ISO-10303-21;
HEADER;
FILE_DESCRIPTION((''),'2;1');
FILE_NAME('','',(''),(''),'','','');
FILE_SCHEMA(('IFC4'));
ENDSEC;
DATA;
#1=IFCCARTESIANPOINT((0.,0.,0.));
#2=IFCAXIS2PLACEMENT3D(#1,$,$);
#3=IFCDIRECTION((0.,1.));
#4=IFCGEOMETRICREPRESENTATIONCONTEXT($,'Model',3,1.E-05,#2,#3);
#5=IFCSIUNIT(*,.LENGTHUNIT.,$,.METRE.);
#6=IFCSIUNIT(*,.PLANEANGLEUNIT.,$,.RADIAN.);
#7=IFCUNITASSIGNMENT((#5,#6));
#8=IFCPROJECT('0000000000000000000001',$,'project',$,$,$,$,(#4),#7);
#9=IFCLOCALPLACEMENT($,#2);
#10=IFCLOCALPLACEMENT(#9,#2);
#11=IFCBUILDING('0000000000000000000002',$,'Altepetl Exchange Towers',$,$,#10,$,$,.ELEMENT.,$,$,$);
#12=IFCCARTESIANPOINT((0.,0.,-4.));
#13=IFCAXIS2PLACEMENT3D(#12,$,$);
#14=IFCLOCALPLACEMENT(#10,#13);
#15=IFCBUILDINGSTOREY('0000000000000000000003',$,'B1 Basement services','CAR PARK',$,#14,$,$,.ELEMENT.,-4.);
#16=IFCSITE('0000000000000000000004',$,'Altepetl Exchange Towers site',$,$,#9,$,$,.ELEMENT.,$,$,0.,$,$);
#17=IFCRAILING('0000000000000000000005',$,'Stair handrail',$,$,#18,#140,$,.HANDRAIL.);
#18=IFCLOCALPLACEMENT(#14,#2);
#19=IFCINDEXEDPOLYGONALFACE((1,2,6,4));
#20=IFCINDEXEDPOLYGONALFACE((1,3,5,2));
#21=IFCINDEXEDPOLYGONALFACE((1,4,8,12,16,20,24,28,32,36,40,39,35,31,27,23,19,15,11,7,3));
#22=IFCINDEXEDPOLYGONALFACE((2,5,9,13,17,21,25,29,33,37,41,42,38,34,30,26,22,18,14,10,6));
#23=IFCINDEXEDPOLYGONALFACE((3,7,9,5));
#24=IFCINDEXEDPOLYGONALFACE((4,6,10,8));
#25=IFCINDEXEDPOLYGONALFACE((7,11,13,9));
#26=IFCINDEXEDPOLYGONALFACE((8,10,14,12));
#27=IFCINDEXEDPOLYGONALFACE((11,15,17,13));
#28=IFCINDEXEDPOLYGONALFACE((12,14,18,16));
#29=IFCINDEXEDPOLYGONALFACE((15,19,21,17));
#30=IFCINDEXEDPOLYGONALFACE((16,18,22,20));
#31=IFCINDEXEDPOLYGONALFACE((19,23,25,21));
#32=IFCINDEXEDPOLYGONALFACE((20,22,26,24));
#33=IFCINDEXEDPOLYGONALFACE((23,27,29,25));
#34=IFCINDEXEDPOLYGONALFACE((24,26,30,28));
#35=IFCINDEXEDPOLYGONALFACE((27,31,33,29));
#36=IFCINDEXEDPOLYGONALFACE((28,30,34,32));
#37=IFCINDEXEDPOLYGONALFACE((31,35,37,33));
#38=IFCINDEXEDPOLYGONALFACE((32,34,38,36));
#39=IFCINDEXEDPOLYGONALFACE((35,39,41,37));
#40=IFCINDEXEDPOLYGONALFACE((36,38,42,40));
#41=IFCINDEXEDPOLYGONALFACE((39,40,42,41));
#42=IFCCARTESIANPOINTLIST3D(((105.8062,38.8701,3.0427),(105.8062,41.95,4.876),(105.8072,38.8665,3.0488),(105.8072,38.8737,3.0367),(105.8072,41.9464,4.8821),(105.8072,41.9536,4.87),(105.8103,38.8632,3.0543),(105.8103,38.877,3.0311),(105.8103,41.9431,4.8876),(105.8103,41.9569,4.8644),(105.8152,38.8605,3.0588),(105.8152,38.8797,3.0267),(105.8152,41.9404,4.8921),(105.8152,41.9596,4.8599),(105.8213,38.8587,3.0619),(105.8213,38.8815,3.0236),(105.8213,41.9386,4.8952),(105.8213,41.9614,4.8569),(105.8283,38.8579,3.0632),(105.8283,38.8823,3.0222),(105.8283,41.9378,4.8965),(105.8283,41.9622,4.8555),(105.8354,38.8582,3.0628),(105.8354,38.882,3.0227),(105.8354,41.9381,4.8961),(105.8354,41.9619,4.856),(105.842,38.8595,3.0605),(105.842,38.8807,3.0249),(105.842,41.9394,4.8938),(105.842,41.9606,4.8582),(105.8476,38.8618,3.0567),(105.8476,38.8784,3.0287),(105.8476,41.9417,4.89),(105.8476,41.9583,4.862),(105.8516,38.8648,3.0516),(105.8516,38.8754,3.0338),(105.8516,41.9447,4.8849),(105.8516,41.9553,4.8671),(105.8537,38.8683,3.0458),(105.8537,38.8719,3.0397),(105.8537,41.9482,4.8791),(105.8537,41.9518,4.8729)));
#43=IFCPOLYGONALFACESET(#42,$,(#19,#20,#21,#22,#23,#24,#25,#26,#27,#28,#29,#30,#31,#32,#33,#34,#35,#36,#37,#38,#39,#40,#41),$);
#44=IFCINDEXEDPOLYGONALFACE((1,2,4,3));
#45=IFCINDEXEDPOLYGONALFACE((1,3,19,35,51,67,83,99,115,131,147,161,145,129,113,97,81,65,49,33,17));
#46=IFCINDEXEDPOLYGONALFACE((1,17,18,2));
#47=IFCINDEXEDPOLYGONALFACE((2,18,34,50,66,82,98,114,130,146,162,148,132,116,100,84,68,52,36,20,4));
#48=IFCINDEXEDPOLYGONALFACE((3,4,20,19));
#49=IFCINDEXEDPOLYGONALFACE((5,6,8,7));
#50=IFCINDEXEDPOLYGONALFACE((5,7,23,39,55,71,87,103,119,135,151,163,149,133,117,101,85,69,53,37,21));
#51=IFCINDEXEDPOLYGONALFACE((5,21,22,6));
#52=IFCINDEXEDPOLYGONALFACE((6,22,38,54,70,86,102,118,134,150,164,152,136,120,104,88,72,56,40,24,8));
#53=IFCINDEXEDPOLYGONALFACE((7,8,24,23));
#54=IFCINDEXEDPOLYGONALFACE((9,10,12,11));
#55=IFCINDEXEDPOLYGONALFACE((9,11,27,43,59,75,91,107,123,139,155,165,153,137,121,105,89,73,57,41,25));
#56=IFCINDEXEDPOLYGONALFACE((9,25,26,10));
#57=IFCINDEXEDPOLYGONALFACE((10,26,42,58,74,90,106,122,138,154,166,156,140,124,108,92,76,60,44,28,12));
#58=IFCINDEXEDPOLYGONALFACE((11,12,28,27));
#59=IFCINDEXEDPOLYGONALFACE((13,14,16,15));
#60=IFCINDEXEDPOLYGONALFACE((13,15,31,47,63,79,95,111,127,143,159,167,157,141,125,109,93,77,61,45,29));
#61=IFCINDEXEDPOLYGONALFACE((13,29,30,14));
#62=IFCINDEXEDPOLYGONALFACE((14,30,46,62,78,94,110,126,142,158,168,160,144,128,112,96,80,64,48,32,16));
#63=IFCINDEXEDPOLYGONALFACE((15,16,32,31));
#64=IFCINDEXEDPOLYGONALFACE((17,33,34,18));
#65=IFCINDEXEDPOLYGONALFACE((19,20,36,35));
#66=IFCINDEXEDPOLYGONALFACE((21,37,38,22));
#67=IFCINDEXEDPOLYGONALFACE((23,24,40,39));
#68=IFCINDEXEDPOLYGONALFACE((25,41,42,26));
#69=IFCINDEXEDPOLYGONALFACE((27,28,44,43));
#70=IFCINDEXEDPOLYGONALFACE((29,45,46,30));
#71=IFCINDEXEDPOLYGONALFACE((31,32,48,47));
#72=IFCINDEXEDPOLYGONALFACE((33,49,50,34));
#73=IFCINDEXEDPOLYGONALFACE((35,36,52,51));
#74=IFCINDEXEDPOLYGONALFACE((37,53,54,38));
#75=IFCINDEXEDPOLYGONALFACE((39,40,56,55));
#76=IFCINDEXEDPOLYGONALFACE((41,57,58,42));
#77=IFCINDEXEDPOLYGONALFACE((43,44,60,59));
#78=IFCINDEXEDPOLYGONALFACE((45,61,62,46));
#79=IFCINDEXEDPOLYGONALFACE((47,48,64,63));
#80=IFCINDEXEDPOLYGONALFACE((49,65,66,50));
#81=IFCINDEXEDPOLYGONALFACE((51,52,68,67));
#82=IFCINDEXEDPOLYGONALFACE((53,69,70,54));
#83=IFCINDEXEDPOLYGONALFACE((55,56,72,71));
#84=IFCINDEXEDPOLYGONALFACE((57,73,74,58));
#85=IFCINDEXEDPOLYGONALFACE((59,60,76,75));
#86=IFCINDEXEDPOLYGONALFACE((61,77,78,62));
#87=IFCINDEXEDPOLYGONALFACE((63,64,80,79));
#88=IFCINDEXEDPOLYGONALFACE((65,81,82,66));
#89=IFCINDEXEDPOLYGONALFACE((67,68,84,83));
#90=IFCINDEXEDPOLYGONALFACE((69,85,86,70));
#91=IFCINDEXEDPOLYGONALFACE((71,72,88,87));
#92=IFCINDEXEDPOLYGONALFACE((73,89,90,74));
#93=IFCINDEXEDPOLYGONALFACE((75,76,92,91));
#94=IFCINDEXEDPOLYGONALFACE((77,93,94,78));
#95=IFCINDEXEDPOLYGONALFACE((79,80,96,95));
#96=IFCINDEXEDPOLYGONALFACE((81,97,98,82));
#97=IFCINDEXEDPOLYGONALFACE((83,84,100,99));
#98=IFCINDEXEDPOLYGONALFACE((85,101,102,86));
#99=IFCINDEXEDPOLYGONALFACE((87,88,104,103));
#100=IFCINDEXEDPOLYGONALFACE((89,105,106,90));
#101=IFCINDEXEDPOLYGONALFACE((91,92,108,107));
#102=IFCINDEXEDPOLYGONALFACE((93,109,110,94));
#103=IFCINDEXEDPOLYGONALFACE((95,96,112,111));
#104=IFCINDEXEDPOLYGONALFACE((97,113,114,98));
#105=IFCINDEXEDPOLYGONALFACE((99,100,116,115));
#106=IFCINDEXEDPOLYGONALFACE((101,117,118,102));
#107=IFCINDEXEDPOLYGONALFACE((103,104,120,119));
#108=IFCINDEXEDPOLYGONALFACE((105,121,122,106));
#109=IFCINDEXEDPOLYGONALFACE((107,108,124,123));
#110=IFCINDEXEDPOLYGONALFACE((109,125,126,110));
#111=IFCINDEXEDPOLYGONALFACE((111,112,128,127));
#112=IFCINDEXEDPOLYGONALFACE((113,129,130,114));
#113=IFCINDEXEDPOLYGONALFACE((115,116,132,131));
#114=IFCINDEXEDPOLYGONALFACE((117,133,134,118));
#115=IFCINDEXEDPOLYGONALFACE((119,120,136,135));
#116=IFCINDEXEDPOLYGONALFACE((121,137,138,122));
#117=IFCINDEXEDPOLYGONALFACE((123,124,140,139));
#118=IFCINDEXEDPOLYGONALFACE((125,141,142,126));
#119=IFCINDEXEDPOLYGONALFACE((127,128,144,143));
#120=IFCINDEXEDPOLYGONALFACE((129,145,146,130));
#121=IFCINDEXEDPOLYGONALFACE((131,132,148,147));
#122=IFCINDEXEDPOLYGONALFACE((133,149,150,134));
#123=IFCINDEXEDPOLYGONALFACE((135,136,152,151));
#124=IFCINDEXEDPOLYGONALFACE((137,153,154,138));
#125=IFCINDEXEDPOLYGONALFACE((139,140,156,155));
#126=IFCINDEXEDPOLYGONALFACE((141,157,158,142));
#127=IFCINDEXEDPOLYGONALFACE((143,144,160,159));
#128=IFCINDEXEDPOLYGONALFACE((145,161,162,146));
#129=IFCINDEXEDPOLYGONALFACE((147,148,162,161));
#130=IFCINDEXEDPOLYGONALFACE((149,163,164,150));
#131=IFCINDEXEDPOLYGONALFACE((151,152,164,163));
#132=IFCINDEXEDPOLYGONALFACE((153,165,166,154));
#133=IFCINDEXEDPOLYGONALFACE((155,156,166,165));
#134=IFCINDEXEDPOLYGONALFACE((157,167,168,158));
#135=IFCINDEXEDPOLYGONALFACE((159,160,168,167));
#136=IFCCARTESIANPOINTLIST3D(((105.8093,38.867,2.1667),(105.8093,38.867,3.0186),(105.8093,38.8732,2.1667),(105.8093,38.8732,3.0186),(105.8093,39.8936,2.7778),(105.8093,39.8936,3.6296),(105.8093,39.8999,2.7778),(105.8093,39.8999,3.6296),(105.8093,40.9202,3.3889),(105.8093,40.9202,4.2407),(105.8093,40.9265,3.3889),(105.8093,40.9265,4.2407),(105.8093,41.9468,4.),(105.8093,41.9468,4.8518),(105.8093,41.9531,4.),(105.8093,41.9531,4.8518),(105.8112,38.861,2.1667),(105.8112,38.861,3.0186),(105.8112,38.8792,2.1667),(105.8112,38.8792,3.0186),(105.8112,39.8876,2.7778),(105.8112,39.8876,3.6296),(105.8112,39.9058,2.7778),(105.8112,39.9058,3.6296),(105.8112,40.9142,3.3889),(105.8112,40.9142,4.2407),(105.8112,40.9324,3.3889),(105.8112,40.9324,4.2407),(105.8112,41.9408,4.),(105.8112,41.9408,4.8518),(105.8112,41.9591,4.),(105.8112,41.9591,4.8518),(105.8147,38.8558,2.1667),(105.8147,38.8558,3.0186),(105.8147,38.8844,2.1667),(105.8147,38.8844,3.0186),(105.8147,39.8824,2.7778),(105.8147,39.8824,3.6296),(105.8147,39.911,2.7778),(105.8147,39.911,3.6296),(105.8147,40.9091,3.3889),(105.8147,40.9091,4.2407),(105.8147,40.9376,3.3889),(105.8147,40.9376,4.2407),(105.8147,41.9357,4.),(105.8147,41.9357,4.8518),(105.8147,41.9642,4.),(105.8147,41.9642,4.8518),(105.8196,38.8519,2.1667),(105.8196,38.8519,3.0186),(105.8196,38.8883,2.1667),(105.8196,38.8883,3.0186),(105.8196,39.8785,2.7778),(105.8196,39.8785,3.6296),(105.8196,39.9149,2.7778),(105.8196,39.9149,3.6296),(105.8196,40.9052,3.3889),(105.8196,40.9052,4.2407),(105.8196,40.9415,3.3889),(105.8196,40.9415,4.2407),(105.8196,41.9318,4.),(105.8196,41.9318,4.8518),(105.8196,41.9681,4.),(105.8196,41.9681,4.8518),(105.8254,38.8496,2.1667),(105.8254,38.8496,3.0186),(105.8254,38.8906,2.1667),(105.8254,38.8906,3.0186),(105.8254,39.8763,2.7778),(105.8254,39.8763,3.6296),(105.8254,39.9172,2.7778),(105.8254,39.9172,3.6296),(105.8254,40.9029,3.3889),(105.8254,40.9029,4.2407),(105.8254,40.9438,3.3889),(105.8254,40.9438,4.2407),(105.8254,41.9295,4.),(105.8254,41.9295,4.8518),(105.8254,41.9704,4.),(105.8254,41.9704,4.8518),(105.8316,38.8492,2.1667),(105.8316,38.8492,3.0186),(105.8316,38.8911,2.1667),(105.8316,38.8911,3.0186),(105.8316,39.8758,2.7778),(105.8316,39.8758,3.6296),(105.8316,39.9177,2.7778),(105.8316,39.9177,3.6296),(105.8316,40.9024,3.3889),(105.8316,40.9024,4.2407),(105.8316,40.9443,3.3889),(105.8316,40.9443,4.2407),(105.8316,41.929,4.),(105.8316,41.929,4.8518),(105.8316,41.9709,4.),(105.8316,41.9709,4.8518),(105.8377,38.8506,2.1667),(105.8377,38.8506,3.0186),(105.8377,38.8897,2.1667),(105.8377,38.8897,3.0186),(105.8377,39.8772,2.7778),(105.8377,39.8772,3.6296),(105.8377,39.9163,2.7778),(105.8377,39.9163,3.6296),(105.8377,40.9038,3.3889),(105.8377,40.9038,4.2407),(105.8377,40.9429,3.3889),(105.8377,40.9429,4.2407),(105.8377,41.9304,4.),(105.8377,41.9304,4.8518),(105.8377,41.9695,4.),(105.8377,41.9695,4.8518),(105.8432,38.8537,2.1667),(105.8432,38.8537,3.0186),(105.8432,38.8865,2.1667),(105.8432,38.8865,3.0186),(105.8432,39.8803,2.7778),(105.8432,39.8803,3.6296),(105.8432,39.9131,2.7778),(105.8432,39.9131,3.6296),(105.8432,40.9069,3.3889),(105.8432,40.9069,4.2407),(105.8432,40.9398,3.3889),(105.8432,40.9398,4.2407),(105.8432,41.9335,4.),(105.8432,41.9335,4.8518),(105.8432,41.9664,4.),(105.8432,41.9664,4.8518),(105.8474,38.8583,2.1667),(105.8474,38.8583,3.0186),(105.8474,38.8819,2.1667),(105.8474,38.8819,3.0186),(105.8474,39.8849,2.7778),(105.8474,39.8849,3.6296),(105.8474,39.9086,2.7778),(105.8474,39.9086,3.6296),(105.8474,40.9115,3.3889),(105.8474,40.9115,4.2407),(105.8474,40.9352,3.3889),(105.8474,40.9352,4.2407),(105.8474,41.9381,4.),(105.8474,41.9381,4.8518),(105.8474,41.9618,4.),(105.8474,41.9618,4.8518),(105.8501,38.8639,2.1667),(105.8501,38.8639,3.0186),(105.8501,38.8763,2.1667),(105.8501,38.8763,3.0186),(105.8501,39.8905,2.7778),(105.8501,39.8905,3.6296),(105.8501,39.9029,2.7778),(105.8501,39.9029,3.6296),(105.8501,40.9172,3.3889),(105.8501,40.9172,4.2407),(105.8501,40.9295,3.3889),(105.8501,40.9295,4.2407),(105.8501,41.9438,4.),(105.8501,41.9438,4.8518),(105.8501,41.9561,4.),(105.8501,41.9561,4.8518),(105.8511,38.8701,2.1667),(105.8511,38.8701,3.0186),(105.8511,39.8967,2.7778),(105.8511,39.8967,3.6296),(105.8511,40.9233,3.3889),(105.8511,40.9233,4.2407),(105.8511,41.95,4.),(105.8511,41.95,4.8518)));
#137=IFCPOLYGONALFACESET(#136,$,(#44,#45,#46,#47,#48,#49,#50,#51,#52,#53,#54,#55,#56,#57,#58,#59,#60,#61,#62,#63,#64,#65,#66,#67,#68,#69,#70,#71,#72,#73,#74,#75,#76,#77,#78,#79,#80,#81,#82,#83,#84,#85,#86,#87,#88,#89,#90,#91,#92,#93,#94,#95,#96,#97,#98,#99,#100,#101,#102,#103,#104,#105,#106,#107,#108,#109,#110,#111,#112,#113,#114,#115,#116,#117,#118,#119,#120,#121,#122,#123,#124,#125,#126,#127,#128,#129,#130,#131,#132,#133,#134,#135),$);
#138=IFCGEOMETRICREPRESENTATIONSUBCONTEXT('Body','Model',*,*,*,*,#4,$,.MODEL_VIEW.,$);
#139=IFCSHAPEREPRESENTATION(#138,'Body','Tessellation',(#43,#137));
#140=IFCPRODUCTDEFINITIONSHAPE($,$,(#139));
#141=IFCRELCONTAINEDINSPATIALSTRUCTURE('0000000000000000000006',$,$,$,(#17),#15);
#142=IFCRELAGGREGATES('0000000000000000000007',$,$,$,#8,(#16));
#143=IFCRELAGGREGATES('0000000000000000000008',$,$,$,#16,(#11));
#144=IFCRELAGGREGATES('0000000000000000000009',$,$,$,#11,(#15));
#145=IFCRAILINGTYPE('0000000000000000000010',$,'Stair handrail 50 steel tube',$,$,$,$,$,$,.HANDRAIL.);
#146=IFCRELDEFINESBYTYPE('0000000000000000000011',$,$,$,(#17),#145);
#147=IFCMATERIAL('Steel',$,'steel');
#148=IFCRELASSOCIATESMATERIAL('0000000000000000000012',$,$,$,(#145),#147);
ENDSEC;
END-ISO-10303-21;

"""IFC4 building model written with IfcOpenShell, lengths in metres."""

from ifc_helpers import new_model, si_unit, direction, frame, origin, origin_2d, place, context, subcontext, project, spatial, circle, extrude, source, transform, mapped, material, type_object, element, save


model = new_model("IFC4")

# Units and contexts
model_context = context("Model", 3, precision=1e-05, world=origin(), true_north=direction((0.0, 1.0)))
body_context = subcontext(model_context, "Body", "Model", "MODEL_VIEW")
ifc_project = project(units=[si_unit("LENGTHUNIT", "METRE"), si_unit("PLANEANGLEUNIT", "RADIAN")], contexts=[model_context])

# Site, building, storey
site_placement = place(None, origin())
site = spatial("IfcSite", under=ifc_project, at=site_placement, Name="Altepetl Exchange Towers site", CompositionType="ELEMENT", RefElevation=0.0)
building_placement = place(site_placement, origin())
building = spatial("IfcBuilding", under=site, at=building_placement, Name="Altepetl Exchange Towers", CompositionType="ELEMENT")
storey_placement = place(building_placement, frame((0.0, 0.0, -4.0)))
storey = spatial("IfcBuildingStorey", under=building, at=storey_placement, Name="B1 Basement services", Description="CAR PARK", CompositionType="ELEMENT", Elevation=-4.0)

# Railing
ifc_material_1 = material(Name="Steel", Category="steel")
railing_type = type_object("IfcRailingType", Name="Stair handrail 50 steel tube", PredefinedType="HANDRAIL", material=ifc_material_1)
shared_shape = source(origin(), body_context, "Body", "SweptSolid", [
    extrude(circle(Radius=0.021, at=origin_2d()), origin(), (0.0, 0.0, 1.0), 0.8518),
])
for number, where, name in (
    (1, (105.8301, 38.8701, 2.1667), "Stair handrail"),
):
    element("IfcRailing", number, at=place(storey_placement, frame(where)), inside=storey, type_object=railing_type, Name=name, PredefinedType="HANDRAIL", context=body_context, shape_type="SweptSolid", body=[
        extrude(circle(Radius=0.0239, at=origin_2d()), frame((0.0, 0.0, 0.876), z_axis=(0.0, 0.859291, 0.511487), x_axis=(-1.0, 0.0, 0.0)), (0.0, 0.0, 1.0), 3.5842),
        mapped(shared_shape, transform((0.0, 0.0, 0.0))),
        mapped(shared_shape, transform((0.0, 1.0266, 0.6111))),
        mapped(shared_shape, transform((0.0, 2.0532, 1.2222))),
        mapped(shared_shape, transform((0.0, 3.0798, 1.8333))),
    ])

save(model, "model.ifc")
